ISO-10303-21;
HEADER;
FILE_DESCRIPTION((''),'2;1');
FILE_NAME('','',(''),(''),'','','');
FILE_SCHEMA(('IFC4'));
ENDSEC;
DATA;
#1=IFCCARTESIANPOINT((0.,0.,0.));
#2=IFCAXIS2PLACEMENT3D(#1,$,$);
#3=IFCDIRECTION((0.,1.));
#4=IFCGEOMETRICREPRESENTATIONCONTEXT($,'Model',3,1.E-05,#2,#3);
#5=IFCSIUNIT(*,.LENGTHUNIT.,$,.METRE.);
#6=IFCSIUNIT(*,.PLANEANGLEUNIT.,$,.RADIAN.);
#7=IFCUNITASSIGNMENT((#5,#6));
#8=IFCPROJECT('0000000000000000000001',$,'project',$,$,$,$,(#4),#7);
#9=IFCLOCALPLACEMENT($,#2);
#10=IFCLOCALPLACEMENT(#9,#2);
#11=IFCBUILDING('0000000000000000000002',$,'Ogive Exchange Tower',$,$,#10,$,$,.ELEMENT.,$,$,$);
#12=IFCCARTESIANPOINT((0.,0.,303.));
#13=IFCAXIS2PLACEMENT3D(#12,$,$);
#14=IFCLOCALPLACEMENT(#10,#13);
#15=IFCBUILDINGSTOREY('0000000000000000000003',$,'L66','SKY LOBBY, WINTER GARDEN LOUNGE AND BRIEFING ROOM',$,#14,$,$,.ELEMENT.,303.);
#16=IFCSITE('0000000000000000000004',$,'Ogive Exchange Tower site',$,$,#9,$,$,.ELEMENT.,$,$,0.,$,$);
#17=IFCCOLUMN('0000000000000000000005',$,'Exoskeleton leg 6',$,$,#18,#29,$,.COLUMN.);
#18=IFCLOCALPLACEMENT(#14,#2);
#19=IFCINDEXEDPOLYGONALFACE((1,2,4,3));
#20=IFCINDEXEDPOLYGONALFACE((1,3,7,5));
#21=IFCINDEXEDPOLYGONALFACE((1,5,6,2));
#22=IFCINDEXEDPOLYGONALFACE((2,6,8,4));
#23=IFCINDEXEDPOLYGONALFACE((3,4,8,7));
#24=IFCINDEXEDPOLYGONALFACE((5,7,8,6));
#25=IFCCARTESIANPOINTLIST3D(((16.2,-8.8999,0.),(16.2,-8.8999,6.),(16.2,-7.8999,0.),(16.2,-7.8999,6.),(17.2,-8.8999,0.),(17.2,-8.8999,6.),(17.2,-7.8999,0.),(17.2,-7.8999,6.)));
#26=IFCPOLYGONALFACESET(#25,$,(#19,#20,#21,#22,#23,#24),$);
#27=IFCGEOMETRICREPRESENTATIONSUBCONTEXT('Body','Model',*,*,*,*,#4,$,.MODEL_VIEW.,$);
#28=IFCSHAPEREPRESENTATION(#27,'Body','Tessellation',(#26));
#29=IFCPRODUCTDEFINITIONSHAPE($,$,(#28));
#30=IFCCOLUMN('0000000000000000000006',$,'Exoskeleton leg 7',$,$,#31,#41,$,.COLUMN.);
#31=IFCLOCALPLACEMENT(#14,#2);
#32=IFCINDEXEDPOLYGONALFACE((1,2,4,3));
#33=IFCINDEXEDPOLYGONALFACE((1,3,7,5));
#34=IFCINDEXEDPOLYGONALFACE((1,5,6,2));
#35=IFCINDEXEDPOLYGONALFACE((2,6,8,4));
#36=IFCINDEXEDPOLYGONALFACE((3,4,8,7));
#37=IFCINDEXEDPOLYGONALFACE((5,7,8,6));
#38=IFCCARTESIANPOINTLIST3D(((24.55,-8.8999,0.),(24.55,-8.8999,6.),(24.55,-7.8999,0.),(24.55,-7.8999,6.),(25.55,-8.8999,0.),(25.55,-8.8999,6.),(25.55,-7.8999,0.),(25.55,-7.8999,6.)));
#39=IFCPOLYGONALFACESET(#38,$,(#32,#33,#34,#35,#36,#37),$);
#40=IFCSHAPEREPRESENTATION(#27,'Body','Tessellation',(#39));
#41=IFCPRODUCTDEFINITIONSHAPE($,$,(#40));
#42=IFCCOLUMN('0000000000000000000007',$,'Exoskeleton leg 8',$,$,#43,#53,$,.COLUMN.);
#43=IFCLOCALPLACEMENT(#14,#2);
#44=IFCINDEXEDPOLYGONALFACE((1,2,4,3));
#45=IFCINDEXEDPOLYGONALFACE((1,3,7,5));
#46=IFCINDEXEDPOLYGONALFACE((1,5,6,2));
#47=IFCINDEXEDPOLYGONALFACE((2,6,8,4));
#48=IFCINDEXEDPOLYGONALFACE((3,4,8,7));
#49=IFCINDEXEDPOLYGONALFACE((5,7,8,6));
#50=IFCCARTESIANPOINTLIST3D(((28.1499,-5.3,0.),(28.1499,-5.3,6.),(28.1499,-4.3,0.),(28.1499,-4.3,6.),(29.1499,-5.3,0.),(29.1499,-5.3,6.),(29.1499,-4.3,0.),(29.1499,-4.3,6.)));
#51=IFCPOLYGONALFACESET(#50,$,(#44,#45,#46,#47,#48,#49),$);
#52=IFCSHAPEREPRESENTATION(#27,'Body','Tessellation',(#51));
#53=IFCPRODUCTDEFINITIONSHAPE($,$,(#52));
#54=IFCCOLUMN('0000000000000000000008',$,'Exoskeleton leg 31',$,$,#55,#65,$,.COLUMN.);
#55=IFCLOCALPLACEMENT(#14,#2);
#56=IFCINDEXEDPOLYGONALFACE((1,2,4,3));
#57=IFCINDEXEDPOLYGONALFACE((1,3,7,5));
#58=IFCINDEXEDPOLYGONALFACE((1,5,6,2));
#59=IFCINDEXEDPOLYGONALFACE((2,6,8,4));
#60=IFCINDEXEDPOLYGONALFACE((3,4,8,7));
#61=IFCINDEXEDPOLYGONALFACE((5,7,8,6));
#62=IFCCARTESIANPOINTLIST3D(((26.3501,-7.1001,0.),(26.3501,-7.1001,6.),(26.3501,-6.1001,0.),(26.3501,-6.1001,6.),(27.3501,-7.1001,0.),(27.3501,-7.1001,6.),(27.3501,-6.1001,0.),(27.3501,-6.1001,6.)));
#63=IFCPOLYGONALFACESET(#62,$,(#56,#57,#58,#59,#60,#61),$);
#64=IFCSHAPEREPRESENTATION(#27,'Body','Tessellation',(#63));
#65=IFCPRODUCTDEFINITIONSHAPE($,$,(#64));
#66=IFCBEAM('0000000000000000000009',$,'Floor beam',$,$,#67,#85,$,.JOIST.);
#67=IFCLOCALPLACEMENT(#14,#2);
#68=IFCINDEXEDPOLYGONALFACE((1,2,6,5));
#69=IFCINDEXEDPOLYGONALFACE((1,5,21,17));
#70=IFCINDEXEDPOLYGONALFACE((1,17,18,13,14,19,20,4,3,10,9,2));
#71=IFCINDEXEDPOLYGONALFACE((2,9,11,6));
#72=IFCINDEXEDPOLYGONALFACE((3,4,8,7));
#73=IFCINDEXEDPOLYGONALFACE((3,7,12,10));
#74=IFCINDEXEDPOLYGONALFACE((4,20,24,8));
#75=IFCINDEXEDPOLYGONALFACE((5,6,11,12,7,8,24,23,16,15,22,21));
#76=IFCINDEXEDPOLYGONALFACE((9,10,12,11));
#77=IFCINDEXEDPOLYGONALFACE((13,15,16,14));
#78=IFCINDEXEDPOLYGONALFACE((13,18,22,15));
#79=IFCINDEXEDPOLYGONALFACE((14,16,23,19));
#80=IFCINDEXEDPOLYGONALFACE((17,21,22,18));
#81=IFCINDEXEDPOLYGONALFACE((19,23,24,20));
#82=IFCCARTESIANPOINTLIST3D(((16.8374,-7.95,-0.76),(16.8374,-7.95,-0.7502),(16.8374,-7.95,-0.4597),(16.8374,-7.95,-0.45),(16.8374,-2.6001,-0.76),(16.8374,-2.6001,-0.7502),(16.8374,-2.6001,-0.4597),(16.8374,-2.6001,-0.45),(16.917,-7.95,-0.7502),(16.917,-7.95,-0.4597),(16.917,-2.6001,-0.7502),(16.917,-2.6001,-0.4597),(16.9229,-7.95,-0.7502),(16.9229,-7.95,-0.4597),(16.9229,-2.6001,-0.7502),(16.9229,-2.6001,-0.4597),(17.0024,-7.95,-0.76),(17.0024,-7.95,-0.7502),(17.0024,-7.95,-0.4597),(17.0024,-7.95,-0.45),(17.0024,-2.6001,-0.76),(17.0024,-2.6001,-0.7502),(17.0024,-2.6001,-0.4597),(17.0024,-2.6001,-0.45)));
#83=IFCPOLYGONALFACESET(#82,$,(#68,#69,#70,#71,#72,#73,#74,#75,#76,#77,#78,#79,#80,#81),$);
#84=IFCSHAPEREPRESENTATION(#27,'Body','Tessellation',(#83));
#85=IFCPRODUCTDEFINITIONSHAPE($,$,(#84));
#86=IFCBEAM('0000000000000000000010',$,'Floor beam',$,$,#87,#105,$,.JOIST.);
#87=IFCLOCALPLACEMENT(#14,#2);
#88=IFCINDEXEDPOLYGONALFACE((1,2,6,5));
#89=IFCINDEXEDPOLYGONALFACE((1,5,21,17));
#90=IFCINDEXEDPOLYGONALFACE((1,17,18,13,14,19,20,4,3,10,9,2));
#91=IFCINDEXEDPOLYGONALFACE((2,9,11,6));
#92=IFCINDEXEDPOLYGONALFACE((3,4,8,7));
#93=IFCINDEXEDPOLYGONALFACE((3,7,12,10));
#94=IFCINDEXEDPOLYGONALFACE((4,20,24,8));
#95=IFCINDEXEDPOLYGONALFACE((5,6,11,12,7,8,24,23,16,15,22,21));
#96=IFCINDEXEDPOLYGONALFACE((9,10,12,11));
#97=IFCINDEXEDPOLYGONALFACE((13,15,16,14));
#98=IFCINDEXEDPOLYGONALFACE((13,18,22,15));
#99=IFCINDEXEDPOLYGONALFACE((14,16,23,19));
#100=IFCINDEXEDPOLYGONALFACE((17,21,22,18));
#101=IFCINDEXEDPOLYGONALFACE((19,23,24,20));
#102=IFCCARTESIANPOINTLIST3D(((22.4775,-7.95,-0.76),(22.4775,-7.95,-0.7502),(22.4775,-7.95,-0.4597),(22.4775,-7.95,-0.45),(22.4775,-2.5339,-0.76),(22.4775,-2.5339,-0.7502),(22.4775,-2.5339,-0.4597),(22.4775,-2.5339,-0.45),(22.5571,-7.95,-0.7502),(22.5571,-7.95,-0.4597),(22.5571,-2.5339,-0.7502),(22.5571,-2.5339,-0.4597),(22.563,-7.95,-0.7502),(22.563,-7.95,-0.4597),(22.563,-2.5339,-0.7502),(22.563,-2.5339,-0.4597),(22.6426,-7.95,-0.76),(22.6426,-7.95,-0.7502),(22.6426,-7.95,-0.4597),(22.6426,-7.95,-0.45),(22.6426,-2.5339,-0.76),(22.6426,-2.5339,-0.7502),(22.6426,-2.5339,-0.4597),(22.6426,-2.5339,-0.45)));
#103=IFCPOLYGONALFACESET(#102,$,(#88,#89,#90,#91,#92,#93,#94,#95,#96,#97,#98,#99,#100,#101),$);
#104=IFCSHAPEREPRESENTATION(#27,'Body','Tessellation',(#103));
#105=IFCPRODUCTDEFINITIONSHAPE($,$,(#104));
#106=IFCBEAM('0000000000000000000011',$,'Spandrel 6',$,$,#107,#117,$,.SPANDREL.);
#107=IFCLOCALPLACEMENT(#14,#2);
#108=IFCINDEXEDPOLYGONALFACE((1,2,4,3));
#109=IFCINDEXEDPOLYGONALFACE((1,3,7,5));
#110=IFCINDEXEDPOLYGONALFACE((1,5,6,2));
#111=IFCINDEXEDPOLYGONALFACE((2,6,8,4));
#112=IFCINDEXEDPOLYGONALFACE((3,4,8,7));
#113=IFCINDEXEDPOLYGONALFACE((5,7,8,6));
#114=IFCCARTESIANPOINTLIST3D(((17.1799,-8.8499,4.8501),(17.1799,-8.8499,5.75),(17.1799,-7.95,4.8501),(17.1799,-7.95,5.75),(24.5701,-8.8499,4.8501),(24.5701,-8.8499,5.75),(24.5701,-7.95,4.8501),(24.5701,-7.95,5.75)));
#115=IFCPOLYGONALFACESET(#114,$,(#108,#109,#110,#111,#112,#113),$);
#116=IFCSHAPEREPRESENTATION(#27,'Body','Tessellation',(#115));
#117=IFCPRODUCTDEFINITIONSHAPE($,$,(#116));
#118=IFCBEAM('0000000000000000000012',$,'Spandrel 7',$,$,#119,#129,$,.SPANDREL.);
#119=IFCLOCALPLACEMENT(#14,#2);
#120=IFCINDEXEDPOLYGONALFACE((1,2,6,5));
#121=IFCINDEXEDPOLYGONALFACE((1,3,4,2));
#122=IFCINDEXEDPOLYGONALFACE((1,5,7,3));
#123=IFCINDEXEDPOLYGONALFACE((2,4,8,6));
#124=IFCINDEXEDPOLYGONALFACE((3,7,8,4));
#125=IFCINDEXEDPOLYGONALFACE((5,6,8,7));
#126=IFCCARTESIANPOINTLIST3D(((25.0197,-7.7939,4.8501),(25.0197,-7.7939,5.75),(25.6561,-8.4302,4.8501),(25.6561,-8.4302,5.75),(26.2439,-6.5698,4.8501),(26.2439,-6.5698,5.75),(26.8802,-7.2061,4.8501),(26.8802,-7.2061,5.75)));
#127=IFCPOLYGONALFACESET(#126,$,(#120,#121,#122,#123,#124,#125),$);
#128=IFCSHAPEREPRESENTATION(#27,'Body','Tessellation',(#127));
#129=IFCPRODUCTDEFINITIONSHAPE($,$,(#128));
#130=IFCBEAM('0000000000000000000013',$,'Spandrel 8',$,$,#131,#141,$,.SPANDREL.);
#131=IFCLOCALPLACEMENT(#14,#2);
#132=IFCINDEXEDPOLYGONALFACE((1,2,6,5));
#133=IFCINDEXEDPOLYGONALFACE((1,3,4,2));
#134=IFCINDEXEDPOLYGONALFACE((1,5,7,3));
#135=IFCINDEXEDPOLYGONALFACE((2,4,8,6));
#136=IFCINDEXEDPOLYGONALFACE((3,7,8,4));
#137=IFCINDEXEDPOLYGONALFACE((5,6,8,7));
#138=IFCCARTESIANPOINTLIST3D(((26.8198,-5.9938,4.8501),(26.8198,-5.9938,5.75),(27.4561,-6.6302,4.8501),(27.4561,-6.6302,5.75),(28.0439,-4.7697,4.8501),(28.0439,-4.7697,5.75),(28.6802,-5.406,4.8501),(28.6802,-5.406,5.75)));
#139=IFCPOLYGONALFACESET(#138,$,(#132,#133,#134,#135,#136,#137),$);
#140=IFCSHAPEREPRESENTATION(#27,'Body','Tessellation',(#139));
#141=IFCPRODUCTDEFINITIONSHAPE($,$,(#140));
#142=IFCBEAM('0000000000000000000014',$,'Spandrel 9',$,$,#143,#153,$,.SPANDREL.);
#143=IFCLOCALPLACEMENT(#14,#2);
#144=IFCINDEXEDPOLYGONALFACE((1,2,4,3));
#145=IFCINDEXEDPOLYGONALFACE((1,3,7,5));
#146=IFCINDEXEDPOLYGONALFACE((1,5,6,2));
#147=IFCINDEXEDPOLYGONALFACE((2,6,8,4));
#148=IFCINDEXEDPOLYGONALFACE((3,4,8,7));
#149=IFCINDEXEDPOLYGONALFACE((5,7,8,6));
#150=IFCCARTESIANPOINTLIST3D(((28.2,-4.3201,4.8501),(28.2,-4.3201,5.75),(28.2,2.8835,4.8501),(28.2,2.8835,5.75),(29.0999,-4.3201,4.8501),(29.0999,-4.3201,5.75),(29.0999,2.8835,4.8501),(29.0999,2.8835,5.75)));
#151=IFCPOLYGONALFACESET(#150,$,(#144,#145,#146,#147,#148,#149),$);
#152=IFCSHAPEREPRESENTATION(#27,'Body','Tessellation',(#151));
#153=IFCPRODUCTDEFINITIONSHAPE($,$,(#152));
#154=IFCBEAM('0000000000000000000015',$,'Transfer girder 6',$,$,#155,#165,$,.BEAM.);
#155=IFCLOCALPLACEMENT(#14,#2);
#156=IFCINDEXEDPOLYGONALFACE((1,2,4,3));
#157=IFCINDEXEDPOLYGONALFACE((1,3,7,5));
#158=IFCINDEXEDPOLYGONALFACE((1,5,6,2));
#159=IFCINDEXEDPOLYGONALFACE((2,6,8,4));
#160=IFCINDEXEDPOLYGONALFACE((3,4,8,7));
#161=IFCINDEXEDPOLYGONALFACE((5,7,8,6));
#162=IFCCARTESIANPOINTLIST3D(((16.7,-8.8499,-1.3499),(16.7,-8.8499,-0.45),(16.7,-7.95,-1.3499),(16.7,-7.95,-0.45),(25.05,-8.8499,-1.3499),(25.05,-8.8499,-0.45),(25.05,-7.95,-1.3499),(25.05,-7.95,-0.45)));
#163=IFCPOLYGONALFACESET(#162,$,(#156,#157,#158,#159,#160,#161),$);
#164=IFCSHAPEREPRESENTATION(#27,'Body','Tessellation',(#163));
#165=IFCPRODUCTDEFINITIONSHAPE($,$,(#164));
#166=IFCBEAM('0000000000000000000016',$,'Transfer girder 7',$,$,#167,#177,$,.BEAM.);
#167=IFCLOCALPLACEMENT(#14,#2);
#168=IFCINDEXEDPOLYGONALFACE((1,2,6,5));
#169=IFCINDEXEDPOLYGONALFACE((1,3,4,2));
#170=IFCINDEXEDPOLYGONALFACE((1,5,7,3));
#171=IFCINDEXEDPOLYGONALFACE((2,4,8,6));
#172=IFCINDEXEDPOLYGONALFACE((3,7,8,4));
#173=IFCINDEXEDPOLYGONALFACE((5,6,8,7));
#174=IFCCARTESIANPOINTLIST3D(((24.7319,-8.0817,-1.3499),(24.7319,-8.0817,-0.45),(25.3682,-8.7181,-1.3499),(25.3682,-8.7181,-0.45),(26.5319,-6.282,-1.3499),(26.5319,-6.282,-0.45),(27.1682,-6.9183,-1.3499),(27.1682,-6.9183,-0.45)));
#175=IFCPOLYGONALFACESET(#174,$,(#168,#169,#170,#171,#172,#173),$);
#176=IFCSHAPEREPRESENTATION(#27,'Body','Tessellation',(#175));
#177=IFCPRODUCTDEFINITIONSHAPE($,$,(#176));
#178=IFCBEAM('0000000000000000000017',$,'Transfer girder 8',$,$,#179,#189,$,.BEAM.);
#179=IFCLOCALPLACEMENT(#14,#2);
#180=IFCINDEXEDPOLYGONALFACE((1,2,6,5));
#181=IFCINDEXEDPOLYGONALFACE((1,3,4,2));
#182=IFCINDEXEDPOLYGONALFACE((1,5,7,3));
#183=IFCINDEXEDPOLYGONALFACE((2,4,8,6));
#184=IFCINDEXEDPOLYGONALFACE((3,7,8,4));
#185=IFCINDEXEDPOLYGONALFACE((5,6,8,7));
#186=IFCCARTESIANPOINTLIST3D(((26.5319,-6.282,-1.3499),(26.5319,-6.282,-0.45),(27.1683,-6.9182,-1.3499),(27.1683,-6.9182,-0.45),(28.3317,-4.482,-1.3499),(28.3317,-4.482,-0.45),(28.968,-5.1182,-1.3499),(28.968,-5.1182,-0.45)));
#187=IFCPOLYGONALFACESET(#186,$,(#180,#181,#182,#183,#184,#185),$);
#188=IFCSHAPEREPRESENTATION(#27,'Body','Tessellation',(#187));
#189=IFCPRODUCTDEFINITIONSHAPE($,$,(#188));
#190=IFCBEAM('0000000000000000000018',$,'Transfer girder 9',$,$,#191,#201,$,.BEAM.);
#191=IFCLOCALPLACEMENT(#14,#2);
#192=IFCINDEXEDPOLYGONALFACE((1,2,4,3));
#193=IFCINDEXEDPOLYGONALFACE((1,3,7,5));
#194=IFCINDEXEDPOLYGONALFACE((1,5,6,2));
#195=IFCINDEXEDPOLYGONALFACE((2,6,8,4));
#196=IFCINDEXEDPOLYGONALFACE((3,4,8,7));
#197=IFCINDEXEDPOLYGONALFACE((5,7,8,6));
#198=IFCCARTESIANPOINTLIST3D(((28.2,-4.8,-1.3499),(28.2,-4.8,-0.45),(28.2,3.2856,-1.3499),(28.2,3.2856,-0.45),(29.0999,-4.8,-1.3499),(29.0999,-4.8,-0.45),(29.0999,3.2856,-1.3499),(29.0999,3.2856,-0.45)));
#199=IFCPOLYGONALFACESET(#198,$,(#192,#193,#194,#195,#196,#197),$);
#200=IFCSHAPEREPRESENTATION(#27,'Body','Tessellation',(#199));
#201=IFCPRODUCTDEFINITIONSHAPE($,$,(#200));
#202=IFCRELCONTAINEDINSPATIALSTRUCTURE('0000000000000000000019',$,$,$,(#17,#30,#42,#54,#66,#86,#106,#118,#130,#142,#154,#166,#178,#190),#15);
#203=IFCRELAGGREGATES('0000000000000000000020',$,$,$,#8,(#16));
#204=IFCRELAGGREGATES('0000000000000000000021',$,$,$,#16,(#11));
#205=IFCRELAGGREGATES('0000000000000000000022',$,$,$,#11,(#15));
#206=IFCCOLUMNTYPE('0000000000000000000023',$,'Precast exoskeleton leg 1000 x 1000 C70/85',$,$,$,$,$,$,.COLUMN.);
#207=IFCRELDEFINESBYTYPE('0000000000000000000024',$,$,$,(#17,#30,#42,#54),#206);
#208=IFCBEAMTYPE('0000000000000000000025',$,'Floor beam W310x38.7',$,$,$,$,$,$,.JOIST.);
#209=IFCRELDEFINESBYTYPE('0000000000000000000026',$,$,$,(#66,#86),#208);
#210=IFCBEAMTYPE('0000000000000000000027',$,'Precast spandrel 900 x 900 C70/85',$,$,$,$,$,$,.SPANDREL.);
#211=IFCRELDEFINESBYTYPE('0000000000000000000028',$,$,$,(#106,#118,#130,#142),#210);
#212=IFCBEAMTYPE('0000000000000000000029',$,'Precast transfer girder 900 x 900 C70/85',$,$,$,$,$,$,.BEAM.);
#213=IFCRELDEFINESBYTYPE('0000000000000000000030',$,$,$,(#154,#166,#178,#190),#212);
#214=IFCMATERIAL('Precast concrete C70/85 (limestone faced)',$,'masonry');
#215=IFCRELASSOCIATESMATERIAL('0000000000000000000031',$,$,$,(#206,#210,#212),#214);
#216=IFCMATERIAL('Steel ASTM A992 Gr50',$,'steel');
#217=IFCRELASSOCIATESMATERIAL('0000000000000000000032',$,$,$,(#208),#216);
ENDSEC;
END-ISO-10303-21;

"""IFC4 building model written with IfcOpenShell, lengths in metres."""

from ifc_helpers import new_model, si_unit, direction, frame, origin, origin_2d, place, context, subcontext, project, spatial, rectangle, i_section, extrude, material, material_profile, profile_set, type_object, element, save


model = new_model("IFC4")

# Units and contexts
model_context = context("Model", 3, precision=1e-05, world=origin(), true_north=direction((0.0, 1.0)))
body_context = subcontext(model_context, "Body", "Model", "MODEL_VIEW")
ifc_project = project(units=[si_unit("LENGTHUNIT", "METRE"), si_unit("PLANEANGLEUNIT", "RADIAN")], contexts=[model_context])

# Site, building, storey
site_placement = place(None, origin())
site = spatial("IfcSite", under=ifc_project, at=site_placement, Name="Ogive Exchange Tower site", CompositionType="ELEMENT", RefElevation=0.0)
building_placement = place(site_placement, origin())
building = spatial("IfcBuilding", under=site, at=building_placement, Name="Ogive Exchange Tower", CompositionType="ELEMENT")
storey_placement = place(building_placement, frame((0.0, 0.0, 303.0)))
storey = spatial("IfcBuildingStorey", under=building, at=storey_placement, Name="L66", Description="SKY LOBBY, WINTER GARDEN LOUNGE AND BRIEFING ROOM", CompositionType="ELEMENT", Elevation=303.0)

# Columns
ifc_material_1 = material(Name="Precast concrete C70/85 (limestone faced)", Category="masonry")
ifc_material_profile_1 = material_profile(ifc_material_1, rectangle(XDim=1.0, YDim=1.0, at=origin_2d()), Name="1000 x 1000")
ifc_profile_set_1 = profile_set([ifc_material_profile_1], Name="Precast concrete C70/85 (limestone faced)")
column_type = type_object("IfcColumnType", Name="Precast exoskeleton leg 1000 x 1000 C70/85", PredefinedType="COLUMN", material=ifc_profile_set_1)
for number, where, z_axis, x_axis, name in (
    (1, (16.7, -8.3999, 0.0), (0.0, 0.0, 1.0), (1.0, 0.0, 0.0), "Exoskeleton leg 6"),
    (2, (25.05, -8.3999, 0.0), (0.0, 0.0, 1.0), (1.0, 0.0, 0.0), "Exoskeleton leg 7"),
    (3, (28.6499, -4.8, 0.0), (0.0, 0.0, 1.0), (1.0, 0.0, 0.0), "Exoskeleton leg 8"),
    (4, (26.8501, -6.6001, 0.0), (0.0, 0.0, 1.0), (1.0, 0.0, 0.0), "Exoskeleton leg 31"),
):
    element("IfcColumn", number, at=place(storey_placement, frame(where, z_axis=z_axis, x_axis=x_axis)), inside=storey, type_object=column_type, Name=name, PredefinedType="COLUMN", context=body_context, shape_type="SweptSolid", body=[
        extrude(rectangle(XDim=1.0, YDim=1.0, at=origin_2d()), origin(), (0.0, 0.0, 1.0), 6.0),
    ])

# Beams
ifc_material_2 = material(Name="Steel ASTM A992 Gr50", Category="steel")
ifc_material_profile_2 = material_profile(ifc_material_2, i_section(OverallWidth=0.165, OverallDepth=0.3101, WebThickness=0.0059, FlangeThickness=0.0098, at=origin_2d()), Name="W310x38.7")
ifc_profile_set_2 = profile_set([ifc_material_profile_2], Name="Steel ASTM A992 Gr50")
beam_type_1 = type_object("IfcBeamType", Name="Floor beam W310x38.7", PredefinedType="JOIST", material=ifc_profile_set_2)
beam_1_placement = place(storey_placement, frame((16.9199, -7.95, -0.605), z_axis=(0.0, 1.0, 0.0), x_axis=(-1.0, 0.0, 0.0)))
element("IfcBeam", 5, at=beam_1_placement, inside=storey, type_object=beam_type_1, Name="Floor beam", PredefinedType="JOIST", context=body_context, shape_type="SweptSolid", body=[
    extrude(i_section(OverallWidth=0.165, OverallDepth=0.3101, WebThickness=0.0059, FlangeThickness=0.0098, at=origin_2d()), origin(), (0.0, 0.0, 1.0), 5.3499),
])
beam_2_placement = place(storey_placement, frame((22.5601, -7.95, -0.605), z_axis=(0.0, 1.0, 0.0), x_axis=(-1.0, 0.0, 0.0)))
element("IfcBeam", 6, at=beam_2_placement, inside=storey, type_object=beam_type_1, Name="Floor beam", PredefinedType="JOIST", context=body_context, shape_type="SweptSolid", body=[
    extrude(i_section(OverallWidth=0.165, OverallDepth=0.3101, WebThickness=0.0059, FlangeThickness=0.0098, at=origin_2d()), origin(), (0.0, 0.0, 1.0), 5.416),
])
ifc_material_profile_3 = material_profile(ifc_material_1, rectangle(XDim=0.8999, YDim=0.8999, at=origin_2d()), Name="900 x 900")
ifc_profile_set_3 = profile_set([ifc_material_profile_3], Name="Precast concrete C70/85 (limestone faced)")
beam_type_2 = type_object("IfcBeamType", Name="Precast spandrel 900 x 900 C70/85", PredefinedType="SPANDREL", material=ifc_profile_set_3)
beam_3_placement = place(storey_placement, frame((17.1799, -8.3999, 5.3), z_axis=(1.0, 0.0, 0.0), x_axis=(0.0, 1.0, 0.0)))
element("IfcBeam", 7, at=beam_3_placement, inside=storey, type_object=beam_type_2, Name="Spandrel 6", PredefinedType="SPANDREL", context=body_context, shape_type="SweptSolid", body=[
    extrude(rectangle(XDim=0.8999, YDim=0.8999, at=origin_2d()), origin(), (0.0, 0.0, 1.0), 7.3901),
])
for number, where, z_axis, x_axis, name in (
    (8, (25.3379, -8.1121, 5.3), (0.707107, 0.707107, 0.0), (-0.707107, 0.707107, 0.0), "Spandrel 7"),
    (9, (27.1379, -6.312, 5.3), (0.707107, 0.707107, 0.0), (-0.707107, 0.707107, 0.0), "Spandrel 8"),
):
    element("IfcBeam", number, at=place(storey_placement, frame(where, z_axis=z_axis, x_axis=x_axis)), inside=storey, type_object=beam_type_2, Name=name, PredefinedType="SPANDREL", context=body_context, shape_type="SweptSolid", body=[
        extrude(rectangle(XDim=0.8999, YDim=0.8999, at=origin_2d()), origin(), (0.0, 0.0, 1.0), 1.7312),
    ])
beam_4_placement = place(storey_placement, frame((28.6499, -4.3201, 5.3), z_axis=(0.0, 1.0, 0.0), x_axis=(-1.0, 0.0, 0.0)))
element("IfcBeam", 10, at=beam_4_placement, inside=storey, type_object=beam_type_2, Name="Spandrel 9", PredefinedType="SPANDREL", context=body_context, shape_type="SweptSolid", body=[
    extrude(rectangle(XDim=0.8999, YDim=0.8999, at=origin_2d()), origin(), (0.0, 0.0, 1.0), 7.2036),
])
ifc_material_profile_4 = material_profile(ifc_material_1, rectangle(XDim=0.8999, YDim=0.8999, at=origin_2d()), Name="900 x 900")
ifc_profile_set_4 = profile_set([ifc_material_profile_4], Name="Precast concrete C70/85 (limestone faced)")
beam_type_3 = type_object("IfcBeamType", Name="Precast transfer girder 900 x 900 C70/85", PredefinedType="BEAM", material=ifc_profile_set_4)
beam_5_placement = place(storey_placement, frame((16.7, -8.3999, -0.8999), z_axis=(1.0, 0.0, 0.0), x_axis=(0.0, 1.0, 0.0)))
element("IfcBeam", 11, at=beam_5_placement, inside=storey, type_object=beam_type_3, Name="Transfer girder 6", PredefinedType="BEAM", context=body_context, shape_type="SweptSolid", body=[
    extrude(rectangle(XDim=0.8999, YDim=0.8999, at=origin_2d()), origin(), (0.0, 0.0, 1.0), 8.3501),
])
for number, where, z_axis, x_axis, name in (
    (12, (25.05, -8.3999, -0.8999), (0.707155, 0.707059, 0.0), (-0.707059, 0.707155, 0.0), "Transfer girder 7"),
    (13, (26.8501, -6.6001, -0.8999), (0.707059, 0.707155, 0.0), (-0.707155, 0.707059, 0.0), "Transfer girder 8"),
):
    element("IfcBeam", number, at=place(storey_placement, frame(where, z_axis=z_axis, x_axis=x_axis)), inside=storey, type_object=beam_type_3, Name=name, PredefinedType="BEAM", context=body_context, shape_type="SweptSolid", body=[
        extrude(rectangle(XDim=0.8999, YDim=0.8999, at=origin_2d()), origin(), (0.0, 0.0, 1.0), 2.5454),
    ])
beam_6_placement = place(storey_placement, frame((28.6499, -4.8, -0.8999), z_axis=(0.0, 1.0, 0.0), x_axis=(-1.0, 0.0, 0.0)))
element("IfcBeam", 14, at=beam_6_placement, inside=storey, type_object=beam_type_3, Name="Transfer girder 9", PredefinedType="BEAM", context=body_context, shape_type="SweptSolid", body=[
    extrude(rectangle(XDim=0.8999, YDim=0.8999, at=origin_2d()), origin(), (0.0, 0.0, 1.0), 8.0857),
])

save(model, "model.ifc")
